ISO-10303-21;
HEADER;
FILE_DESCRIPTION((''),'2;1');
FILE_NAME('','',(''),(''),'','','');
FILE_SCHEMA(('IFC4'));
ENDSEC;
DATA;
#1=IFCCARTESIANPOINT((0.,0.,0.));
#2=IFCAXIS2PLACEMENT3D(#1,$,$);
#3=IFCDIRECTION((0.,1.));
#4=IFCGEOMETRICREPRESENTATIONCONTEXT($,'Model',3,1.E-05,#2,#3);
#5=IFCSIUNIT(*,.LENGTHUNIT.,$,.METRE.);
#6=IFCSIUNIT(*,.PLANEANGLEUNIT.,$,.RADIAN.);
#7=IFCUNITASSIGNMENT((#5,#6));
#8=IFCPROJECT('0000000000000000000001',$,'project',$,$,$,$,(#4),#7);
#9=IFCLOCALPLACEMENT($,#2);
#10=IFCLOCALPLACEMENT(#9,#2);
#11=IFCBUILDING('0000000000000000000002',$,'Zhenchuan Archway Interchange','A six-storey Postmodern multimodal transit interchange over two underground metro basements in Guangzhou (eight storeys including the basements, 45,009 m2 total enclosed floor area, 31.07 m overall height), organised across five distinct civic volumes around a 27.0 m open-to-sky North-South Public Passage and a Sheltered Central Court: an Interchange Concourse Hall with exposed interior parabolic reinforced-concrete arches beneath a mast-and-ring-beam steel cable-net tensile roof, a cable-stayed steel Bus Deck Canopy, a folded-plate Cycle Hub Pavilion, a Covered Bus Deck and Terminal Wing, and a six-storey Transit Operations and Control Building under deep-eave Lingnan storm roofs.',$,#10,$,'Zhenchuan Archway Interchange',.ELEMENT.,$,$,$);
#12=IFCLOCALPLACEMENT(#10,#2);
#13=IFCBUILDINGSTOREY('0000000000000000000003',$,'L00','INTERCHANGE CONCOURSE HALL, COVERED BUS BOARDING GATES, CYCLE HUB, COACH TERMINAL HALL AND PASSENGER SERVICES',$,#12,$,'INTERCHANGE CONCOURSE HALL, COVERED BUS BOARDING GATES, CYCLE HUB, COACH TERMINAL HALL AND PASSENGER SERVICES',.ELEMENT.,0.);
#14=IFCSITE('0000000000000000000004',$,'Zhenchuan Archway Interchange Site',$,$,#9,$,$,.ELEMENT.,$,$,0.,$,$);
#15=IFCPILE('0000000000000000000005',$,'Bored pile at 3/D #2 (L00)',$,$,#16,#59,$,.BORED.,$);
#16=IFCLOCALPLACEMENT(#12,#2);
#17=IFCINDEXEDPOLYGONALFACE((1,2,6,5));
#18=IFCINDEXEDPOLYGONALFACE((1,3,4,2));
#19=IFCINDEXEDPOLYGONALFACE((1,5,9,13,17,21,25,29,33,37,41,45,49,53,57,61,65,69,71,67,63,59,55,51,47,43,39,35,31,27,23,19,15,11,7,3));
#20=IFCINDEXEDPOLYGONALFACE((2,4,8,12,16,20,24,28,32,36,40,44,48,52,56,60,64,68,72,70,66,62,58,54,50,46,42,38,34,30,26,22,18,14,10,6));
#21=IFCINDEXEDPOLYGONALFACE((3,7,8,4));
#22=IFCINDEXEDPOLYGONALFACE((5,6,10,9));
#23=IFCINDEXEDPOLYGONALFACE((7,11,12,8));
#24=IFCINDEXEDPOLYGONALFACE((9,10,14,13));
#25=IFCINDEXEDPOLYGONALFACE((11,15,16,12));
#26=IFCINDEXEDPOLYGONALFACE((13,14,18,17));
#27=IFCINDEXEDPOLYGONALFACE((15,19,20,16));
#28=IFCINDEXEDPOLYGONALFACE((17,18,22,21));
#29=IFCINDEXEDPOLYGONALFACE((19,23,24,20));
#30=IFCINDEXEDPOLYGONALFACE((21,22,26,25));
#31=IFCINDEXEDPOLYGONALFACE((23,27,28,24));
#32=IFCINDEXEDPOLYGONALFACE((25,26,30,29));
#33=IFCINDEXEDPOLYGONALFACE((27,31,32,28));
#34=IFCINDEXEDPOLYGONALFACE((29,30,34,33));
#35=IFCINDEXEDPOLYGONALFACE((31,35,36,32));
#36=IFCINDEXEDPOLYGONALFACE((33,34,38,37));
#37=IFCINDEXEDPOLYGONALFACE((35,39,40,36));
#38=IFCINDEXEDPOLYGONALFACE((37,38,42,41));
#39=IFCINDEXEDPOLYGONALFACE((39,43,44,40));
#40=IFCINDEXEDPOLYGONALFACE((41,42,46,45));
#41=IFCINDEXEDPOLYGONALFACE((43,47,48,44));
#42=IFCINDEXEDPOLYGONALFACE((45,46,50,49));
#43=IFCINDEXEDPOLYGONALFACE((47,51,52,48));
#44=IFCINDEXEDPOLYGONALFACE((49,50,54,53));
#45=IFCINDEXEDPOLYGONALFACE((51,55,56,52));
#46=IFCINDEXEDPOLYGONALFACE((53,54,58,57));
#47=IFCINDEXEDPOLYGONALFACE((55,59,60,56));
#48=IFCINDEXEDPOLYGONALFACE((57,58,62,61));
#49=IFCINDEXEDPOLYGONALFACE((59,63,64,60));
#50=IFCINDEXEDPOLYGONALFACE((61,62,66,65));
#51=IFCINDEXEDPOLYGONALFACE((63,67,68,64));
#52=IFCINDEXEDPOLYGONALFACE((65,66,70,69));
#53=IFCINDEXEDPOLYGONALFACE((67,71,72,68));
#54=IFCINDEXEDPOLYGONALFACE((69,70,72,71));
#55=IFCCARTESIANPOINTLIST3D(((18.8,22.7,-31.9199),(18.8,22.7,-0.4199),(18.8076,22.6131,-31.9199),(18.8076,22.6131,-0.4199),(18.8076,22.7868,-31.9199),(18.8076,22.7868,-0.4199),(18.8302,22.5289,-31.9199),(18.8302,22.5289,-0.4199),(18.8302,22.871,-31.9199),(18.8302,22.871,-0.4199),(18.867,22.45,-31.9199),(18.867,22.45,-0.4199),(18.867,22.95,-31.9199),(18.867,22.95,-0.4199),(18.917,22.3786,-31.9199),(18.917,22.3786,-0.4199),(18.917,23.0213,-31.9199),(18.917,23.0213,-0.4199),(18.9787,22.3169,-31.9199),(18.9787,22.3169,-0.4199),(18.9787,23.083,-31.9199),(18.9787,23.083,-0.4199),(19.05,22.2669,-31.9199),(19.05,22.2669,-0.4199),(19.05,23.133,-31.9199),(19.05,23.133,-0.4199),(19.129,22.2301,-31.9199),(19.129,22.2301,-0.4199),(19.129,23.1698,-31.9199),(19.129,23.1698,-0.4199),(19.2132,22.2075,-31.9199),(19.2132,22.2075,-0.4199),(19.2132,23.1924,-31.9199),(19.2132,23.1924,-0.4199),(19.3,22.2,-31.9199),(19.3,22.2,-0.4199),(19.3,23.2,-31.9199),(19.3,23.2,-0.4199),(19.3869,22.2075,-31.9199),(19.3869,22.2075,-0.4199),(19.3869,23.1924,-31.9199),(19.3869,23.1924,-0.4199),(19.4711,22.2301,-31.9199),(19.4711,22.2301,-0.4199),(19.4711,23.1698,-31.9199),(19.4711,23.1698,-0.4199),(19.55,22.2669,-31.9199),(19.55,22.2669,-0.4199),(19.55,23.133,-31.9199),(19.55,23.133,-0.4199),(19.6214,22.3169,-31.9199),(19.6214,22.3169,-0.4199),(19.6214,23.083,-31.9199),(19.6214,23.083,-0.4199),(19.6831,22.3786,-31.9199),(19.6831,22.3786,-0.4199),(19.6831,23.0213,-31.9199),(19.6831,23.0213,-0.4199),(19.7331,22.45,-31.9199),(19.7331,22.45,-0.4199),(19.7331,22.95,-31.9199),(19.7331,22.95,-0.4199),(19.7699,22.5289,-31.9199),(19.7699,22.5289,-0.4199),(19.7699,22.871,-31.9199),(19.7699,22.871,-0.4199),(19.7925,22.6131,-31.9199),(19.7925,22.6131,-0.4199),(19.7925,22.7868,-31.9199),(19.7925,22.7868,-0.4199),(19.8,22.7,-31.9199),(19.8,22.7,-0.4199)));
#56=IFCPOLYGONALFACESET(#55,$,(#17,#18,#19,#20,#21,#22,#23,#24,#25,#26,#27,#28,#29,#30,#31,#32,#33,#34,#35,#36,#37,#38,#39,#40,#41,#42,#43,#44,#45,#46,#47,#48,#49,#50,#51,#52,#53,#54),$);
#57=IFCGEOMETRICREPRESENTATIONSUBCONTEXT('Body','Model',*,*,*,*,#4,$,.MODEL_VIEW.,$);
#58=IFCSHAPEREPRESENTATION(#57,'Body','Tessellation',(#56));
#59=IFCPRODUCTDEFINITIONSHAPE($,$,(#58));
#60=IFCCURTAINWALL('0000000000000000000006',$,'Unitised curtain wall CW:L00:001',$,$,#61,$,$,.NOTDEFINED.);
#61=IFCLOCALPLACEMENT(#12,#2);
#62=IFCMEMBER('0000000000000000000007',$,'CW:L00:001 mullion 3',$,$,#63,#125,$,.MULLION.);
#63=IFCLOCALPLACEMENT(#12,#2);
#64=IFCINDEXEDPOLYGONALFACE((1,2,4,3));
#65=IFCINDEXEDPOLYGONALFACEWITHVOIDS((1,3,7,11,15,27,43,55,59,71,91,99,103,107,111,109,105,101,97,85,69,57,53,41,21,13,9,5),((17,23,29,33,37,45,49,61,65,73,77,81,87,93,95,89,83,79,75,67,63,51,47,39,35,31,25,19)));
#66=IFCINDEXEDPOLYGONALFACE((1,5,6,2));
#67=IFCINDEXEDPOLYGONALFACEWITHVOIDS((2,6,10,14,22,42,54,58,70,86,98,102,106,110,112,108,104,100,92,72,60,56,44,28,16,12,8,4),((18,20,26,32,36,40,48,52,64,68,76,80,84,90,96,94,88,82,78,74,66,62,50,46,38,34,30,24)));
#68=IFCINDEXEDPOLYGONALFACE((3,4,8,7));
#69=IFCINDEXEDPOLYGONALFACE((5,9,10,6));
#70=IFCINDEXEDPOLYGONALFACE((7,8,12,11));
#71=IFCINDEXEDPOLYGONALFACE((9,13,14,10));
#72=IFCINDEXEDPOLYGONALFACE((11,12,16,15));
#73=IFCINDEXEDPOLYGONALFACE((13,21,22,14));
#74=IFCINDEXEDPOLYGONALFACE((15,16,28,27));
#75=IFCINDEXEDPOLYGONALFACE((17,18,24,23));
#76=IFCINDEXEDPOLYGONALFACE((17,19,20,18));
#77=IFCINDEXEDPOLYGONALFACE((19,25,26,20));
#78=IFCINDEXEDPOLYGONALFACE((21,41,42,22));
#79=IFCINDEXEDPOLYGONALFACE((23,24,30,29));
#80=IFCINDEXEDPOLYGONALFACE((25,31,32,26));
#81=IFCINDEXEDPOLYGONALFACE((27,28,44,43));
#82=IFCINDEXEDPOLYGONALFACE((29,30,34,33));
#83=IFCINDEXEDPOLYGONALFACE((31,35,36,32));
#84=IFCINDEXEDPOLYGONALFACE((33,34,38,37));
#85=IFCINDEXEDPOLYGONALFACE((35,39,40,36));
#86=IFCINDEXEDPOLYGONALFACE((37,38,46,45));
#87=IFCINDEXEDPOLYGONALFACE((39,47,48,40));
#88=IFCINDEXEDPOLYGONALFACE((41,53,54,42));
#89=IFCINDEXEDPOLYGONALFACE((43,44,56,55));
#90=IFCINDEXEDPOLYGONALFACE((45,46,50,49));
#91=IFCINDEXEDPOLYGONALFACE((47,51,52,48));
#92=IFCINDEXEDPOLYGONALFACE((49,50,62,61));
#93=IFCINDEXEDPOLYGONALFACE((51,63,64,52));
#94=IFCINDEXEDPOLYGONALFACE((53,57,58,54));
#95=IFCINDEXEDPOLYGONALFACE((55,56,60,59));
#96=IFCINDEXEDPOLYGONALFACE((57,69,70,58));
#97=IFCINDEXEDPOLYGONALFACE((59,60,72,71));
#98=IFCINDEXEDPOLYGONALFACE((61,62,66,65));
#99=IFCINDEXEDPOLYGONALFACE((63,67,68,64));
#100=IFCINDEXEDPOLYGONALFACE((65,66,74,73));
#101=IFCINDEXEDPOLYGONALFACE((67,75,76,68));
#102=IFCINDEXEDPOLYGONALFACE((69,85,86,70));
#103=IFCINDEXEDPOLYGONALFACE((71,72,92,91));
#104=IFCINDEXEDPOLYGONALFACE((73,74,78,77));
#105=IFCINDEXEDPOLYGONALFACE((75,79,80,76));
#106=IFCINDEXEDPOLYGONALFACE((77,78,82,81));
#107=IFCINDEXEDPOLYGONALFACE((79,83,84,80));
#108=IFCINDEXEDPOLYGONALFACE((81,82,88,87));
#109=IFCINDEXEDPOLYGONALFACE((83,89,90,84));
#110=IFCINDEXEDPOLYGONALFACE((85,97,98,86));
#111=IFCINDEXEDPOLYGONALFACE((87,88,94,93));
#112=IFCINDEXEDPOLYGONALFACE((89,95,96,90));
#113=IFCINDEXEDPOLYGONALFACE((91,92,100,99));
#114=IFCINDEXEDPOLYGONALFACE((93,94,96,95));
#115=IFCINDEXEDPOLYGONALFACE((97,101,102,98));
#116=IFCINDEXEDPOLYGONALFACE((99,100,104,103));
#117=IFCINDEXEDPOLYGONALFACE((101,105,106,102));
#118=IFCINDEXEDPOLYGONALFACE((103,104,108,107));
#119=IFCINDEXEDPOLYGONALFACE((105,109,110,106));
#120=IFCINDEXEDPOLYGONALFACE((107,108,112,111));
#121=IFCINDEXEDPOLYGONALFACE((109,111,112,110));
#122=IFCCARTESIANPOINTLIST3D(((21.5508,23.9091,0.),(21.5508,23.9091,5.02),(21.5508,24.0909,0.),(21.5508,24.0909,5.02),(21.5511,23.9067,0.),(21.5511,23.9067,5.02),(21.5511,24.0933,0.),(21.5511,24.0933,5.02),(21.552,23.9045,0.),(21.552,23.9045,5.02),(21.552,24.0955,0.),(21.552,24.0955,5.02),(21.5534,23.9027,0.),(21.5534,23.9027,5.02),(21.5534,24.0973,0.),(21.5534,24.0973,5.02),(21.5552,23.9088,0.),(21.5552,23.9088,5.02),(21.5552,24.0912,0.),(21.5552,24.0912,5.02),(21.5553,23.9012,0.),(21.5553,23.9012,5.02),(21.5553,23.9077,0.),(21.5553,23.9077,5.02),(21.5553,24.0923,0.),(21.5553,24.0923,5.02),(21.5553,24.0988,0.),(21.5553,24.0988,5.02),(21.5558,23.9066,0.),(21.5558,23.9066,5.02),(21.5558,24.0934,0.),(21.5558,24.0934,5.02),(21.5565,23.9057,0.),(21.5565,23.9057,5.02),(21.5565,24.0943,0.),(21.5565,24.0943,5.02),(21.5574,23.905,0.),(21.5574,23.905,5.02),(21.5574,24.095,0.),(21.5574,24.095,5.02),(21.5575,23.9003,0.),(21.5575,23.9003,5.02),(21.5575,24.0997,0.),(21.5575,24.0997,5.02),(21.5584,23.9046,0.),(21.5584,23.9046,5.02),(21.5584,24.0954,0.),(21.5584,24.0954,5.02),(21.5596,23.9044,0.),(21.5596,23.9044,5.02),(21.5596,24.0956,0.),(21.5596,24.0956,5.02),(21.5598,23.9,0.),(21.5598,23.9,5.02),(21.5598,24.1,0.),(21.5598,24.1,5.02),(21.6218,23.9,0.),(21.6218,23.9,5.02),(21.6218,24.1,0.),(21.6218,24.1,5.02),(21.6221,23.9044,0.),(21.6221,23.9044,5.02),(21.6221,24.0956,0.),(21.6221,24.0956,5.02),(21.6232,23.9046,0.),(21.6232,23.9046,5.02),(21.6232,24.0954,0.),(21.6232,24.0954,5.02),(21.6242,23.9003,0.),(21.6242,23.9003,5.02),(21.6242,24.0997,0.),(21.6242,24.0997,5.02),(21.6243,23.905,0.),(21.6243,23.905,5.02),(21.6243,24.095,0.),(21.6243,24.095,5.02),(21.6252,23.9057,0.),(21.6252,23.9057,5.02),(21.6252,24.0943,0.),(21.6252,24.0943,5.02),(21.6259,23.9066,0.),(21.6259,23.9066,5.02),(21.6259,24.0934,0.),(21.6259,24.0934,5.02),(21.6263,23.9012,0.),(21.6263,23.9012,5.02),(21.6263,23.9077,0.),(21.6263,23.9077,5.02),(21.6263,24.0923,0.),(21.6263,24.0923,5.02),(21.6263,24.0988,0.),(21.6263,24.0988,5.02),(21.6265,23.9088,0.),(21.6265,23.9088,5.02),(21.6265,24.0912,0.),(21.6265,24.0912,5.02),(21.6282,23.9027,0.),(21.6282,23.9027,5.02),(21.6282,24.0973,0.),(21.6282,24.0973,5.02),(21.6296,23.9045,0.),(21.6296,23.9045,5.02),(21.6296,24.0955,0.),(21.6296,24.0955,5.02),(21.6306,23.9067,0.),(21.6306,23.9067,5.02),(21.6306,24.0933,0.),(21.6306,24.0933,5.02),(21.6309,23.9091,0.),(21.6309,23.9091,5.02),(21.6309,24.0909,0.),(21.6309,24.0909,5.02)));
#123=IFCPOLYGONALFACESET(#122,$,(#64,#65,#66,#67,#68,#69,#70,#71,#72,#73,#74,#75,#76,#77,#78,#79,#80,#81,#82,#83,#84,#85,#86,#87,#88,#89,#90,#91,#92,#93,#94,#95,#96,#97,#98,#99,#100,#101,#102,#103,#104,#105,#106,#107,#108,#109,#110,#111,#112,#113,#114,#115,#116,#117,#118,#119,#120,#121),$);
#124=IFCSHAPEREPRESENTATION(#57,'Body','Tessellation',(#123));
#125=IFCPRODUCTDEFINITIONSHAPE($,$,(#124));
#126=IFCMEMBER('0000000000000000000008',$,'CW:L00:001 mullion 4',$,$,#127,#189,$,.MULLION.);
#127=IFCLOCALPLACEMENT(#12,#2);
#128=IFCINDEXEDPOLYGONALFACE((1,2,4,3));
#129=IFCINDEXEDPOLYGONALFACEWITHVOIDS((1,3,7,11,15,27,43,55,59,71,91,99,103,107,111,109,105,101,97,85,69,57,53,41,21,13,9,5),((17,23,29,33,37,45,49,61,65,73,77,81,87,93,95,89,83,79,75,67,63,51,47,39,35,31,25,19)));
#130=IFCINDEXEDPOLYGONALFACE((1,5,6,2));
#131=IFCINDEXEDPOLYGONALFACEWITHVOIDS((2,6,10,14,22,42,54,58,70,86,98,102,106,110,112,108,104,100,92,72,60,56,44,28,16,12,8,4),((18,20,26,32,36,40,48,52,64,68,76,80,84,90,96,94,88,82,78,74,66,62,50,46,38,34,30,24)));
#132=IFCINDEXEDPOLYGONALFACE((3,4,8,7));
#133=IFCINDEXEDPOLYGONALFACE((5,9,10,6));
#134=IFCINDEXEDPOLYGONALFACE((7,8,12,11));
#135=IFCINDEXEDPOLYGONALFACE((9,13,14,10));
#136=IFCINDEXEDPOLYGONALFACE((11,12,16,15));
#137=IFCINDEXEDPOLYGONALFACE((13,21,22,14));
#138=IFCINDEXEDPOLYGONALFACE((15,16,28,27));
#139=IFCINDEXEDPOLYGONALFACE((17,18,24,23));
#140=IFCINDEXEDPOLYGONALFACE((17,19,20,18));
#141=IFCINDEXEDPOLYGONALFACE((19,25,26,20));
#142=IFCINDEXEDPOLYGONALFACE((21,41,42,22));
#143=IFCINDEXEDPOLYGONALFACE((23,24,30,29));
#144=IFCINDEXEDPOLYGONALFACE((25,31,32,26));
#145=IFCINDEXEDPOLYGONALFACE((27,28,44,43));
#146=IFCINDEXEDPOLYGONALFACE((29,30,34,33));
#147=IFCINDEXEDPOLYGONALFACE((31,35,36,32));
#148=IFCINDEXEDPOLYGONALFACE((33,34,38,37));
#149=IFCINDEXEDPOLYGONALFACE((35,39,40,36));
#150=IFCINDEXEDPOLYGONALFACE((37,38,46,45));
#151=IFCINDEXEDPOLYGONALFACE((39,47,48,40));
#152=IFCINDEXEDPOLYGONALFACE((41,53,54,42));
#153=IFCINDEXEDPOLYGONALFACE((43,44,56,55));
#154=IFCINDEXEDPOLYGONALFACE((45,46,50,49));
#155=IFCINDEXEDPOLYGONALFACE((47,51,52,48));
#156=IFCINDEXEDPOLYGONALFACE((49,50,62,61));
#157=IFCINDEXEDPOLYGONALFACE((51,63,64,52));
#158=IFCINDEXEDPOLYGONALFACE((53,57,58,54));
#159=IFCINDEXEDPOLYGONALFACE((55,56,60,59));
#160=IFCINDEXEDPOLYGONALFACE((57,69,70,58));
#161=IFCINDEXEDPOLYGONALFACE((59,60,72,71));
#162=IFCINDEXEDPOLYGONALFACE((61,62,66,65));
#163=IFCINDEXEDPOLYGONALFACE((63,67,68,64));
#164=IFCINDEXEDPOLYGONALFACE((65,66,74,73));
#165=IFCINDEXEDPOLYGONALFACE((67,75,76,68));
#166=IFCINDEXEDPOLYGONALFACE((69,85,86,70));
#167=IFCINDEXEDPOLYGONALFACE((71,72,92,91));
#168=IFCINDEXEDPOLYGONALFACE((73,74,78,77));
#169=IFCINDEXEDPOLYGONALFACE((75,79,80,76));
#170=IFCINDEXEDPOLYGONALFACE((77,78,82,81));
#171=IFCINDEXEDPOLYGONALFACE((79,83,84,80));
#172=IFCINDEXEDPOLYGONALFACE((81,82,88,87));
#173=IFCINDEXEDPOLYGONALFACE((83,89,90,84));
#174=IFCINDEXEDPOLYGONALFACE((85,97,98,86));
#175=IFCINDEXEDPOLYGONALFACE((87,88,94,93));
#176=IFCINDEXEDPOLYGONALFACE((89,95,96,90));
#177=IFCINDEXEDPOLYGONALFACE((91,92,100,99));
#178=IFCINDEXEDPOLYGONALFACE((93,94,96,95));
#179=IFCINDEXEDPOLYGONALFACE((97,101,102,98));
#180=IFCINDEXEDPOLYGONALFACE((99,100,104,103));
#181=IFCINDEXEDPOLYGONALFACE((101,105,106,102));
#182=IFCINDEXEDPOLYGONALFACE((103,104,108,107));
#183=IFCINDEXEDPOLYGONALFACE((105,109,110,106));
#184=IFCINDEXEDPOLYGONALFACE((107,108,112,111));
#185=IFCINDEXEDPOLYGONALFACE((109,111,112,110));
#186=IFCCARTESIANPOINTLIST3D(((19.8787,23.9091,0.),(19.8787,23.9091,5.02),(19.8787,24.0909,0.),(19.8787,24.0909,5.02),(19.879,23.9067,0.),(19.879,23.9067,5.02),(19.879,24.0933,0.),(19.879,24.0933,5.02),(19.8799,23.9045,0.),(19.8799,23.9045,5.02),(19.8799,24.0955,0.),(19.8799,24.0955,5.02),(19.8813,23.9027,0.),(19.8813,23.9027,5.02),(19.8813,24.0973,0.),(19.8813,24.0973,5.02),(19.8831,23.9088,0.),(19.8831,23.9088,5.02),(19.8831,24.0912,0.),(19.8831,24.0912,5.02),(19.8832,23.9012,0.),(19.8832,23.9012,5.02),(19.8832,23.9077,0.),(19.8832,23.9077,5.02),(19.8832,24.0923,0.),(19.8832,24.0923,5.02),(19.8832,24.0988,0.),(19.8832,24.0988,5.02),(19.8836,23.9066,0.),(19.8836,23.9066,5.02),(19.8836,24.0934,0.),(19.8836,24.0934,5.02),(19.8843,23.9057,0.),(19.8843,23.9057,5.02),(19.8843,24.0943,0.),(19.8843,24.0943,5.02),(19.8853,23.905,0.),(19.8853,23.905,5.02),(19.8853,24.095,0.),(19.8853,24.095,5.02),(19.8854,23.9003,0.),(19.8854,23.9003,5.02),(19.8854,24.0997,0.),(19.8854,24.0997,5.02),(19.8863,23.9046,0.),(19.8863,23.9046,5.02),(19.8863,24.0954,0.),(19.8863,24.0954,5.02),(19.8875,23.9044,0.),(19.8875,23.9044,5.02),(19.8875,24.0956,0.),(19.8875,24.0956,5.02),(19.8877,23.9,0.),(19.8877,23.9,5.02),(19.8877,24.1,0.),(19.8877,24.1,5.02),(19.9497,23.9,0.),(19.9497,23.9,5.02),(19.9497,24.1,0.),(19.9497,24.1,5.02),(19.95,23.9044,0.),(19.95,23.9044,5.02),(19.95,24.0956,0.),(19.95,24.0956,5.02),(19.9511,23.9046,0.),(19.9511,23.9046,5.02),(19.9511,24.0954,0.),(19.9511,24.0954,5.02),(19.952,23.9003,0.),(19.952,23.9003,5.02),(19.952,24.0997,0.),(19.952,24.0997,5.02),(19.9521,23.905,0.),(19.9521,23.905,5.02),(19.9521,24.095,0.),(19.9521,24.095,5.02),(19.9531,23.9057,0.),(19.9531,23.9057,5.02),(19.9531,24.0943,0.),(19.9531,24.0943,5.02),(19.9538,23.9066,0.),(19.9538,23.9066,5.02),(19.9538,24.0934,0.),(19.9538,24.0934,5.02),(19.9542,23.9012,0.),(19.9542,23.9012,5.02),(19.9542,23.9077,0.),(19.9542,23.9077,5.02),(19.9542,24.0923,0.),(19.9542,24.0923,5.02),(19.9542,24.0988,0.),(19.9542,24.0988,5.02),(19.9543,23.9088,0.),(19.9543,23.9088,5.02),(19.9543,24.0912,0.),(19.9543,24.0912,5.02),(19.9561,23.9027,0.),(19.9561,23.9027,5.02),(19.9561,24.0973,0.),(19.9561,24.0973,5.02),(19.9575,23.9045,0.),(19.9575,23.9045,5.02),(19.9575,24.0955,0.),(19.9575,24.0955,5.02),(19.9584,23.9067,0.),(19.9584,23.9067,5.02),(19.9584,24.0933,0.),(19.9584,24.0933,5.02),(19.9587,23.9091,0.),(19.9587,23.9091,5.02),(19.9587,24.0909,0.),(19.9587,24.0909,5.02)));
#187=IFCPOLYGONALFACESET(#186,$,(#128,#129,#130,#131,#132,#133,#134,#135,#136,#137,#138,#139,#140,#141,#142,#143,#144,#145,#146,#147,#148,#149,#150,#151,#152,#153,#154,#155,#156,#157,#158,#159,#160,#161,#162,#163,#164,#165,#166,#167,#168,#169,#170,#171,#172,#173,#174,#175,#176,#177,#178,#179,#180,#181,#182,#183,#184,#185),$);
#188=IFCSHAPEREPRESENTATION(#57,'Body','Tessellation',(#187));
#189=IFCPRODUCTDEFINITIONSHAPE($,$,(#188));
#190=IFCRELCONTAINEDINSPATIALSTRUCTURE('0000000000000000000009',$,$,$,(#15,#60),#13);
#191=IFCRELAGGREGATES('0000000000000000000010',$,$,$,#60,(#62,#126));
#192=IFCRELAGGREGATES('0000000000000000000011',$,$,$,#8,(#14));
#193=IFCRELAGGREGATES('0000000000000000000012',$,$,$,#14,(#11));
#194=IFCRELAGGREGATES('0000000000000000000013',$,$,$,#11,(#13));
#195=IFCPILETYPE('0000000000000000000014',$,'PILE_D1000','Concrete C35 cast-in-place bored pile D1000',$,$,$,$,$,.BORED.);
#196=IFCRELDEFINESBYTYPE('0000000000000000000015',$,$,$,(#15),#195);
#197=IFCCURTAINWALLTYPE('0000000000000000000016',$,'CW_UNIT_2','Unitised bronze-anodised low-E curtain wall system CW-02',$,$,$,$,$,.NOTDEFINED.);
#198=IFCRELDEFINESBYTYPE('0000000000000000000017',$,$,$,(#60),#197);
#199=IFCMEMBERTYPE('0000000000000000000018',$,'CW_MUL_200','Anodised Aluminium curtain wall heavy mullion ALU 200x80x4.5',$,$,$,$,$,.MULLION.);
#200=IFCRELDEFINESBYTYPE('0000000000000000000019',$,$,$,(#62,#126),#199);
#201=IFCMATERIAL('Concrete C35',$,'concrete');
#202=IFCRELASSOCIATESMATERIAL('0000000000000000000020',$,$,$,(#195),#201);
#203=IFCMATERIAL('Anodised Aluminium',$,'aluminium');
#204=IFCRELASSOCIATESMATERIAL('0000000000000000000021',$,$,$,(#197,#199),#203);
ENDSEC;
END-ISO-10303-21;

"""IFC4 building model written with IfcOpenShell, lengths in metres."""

from ifc_helpers import new_model, si_unit, direction, frame, origin, origin_2d, place, context, subcontext, project, spatial, hollow_rectangle, circle, extrude, material, material_profile, profile_set, type_object, element, aggregate, save


model = new_model("IFC4")

# Units and contexts
model_context = context("Model", 3, precision=1e-05, world=origin(), true_north=direction((0.0, 1.0)))
body_context = subcontext(model_context, "Body", "Model", "MODEL_VIEW")
ifc_project = project(units=[si_unit("LENGTHUNIT", "METRE"), si_unit("PLANEANGLEUNIT", "RADIAN")], contexts=[model_context])

# Site, building, storey
site_placement = place(None, origin())
site = spatial("IfcSite", under=ifc_project, at=site_placement, Name="Zhenchuan Archway Interchange Site", CompositionType="ELEMENT", RefElevation=0.0)
building_placement = place(site_placement, origin())
building = spatial("IfcBuilding", under=site, at=building_placement, Name="Zhenchuan Archway Interchange", Description="A six-storey Postmodern multimodal transit interchange over two underground metro basements in Guangzhou (eight storeys including the basements, 45,009 m2 total enclosed floor area, 31.07 m overall height), organised across five distinct civic volumes around a 27.0 m open-to-sky North-South Public Passage and a Sheltered Central Court: an Interchange Concourse Hall with exposed interior parabolic reinforced-concrete arches beneath a mast-and-ring-beam steel cable-net tensile roof, a cable-stayed steel Bus Deck Canopy, a folded-plate Cycle Hub Pavilion, a Covered Bus Deck and Terminal Wing, and a six-storey Transit Operations and Control Building under deep-eave Lingnan storm roofs.", LongName="Zhenchuan Archway Interchange", CompositionType="ELEMENT")
storey_placement = place(building_placement, origin())
storey = spatial("IfcBuildingStorey", under=building, at=storey_placement, Name="L00", Description="INTERCHANGE CONCOURSE HALL, COVERED BUS BOARDING GATES, CYCLE HUB, COACH TERMINAL HALL AND PASSENGER SERVICES", LongName="INTERCHANGE CONCOURSE HALL, COVERED BUS BOARDING GATES, CYCLE HUB, COACH TERMINAL HALL AND PASSENGER SERVICES", CompositionType="ELEMENT", Elevation=0.0)

# Pile
ifc_material_1 = material(Name="Concrete C35", Category="concrete")
ifc_material_profile_1 = material_profile(ifc_material_1, circle(Radius=0.5, at=origin_2d()), Name="BORED PILE 1000")
ifc_profile_set_1 = profile_set([ifc_material_profile_1], Name="Concrete C35")
pile_type = type_object("IfcPileType", Name="PILE_D1000", Description="Concrete C35 cast-in-place bored pile D1000", PredefinedType="BORED", material=ifc_profile_set_1)
pile_placement = place(storey_placement, frame((19.3, 22.7, -0.4199), z_axis=(0.0, 0.0, -1.0), x_axis=(1.0, 0.0, 0.0)))
element("IfcPile", 1, at=pile_placement, inside=storey, type_object=pile_type, Name="Bored pile at 3/D #2 (L00)", PredefinedType="BORED", context=body_context, shape_type="SweptSolid", body=[
    extrude(circle(Radius=0.5, at=origin_2d()), origin(), (0.0, 0.0, 1.0), 31.5),
])

# Curtain wall, members
ifc_material_2 = material(Name="Anodised Aluminium", Category="aluminium")
curtain_wall_type = type_object("IfcCurtainWallType", Name="CW_UNIT_2", Description="Unitised bronze-anodised low-E curtain wall system CW-02", PredefinedType="NOTDEFINED", material=ifc_material_2)
curtain_wall_placement = place(storey_placement, origin())
curtain_wall = element("IfcCurtainWall", 2, at=curtain_wall_placement, inside=storey, type_object=curtain_wall_type, Name="Unitised curtain wall CW:L00:001", PredefinedType="NOTDEFINED")
ifc_material_profile_2 = material_profile(ifc_material_2, hollow_rectangle(XDim=0.0801, YDim=0.2, WallThickness=0.0044, InnerFilletRadius=0.0044, OuterFilletRadius=0.009, at=origin_2d()), Name="ALU 200x80x4.5")
ifc_profile_set_2 = profile_set([ifc_material_profile_2], Name="Anodised Aluminium")
member_type_1 = type_object("IfcMemberType", Name="CW_MUL_200", Description="Anodised Aluminium curtain wall heavy mullion ALU 200x80x4.5", PredefinedType="MULLION", material=ifc_profile_set_2)
member_1_placement = place(storey_placement, frame((21.5908, 24.0, 0.0), z_axis=(0.0, 0.0, 1.0), x_axis=(1.0, 0.0, 0.0)))
member_1 = element("IfcMember", 3, at=member_1_placement, type_object=member_type_1, Name="CW:L00:001 mullion 3", PredefinedType="MULLION", context=body_context, shape_type="SweptSolid", body=[
    extrude(hollow_rectangle(XDim=0.0801, YDim=0.2, WallThickness=0.0044, InnerFilletRadius=0.0044, OuterFilletRadius=0.009, at=origin_2d()), origin(), (0.0, 0.0, 1.0), 5.02),
])
member_2_placement = place(storey_placement, frame((19.9187, 24.0, 0.0), z_axis=(0.0, 0.0, 1.0), x_axis=(1.0, 0.0, 0.0)))
member_2 = element("IfcMember", 4, at=member_2_placement, type_object=member_type_1, Name="CW:L00:001 mullion 4", PredefinedType="MULLION", context=body_context, shape_type="SweptSolid", body=[
    extrude(hollow_rectangle(XDim=0.0801, YDim=0.2, WallThickness=0.0044, InnerFilletRadius=0.0044, OuterFilletRadius=0.009, at=origin_2d()), origin(), (0.0, 0.0, 1.0), 5.02),
])

aggregate(curtain_wall, [member_1, member_2])

save(model, "model.ifc")
